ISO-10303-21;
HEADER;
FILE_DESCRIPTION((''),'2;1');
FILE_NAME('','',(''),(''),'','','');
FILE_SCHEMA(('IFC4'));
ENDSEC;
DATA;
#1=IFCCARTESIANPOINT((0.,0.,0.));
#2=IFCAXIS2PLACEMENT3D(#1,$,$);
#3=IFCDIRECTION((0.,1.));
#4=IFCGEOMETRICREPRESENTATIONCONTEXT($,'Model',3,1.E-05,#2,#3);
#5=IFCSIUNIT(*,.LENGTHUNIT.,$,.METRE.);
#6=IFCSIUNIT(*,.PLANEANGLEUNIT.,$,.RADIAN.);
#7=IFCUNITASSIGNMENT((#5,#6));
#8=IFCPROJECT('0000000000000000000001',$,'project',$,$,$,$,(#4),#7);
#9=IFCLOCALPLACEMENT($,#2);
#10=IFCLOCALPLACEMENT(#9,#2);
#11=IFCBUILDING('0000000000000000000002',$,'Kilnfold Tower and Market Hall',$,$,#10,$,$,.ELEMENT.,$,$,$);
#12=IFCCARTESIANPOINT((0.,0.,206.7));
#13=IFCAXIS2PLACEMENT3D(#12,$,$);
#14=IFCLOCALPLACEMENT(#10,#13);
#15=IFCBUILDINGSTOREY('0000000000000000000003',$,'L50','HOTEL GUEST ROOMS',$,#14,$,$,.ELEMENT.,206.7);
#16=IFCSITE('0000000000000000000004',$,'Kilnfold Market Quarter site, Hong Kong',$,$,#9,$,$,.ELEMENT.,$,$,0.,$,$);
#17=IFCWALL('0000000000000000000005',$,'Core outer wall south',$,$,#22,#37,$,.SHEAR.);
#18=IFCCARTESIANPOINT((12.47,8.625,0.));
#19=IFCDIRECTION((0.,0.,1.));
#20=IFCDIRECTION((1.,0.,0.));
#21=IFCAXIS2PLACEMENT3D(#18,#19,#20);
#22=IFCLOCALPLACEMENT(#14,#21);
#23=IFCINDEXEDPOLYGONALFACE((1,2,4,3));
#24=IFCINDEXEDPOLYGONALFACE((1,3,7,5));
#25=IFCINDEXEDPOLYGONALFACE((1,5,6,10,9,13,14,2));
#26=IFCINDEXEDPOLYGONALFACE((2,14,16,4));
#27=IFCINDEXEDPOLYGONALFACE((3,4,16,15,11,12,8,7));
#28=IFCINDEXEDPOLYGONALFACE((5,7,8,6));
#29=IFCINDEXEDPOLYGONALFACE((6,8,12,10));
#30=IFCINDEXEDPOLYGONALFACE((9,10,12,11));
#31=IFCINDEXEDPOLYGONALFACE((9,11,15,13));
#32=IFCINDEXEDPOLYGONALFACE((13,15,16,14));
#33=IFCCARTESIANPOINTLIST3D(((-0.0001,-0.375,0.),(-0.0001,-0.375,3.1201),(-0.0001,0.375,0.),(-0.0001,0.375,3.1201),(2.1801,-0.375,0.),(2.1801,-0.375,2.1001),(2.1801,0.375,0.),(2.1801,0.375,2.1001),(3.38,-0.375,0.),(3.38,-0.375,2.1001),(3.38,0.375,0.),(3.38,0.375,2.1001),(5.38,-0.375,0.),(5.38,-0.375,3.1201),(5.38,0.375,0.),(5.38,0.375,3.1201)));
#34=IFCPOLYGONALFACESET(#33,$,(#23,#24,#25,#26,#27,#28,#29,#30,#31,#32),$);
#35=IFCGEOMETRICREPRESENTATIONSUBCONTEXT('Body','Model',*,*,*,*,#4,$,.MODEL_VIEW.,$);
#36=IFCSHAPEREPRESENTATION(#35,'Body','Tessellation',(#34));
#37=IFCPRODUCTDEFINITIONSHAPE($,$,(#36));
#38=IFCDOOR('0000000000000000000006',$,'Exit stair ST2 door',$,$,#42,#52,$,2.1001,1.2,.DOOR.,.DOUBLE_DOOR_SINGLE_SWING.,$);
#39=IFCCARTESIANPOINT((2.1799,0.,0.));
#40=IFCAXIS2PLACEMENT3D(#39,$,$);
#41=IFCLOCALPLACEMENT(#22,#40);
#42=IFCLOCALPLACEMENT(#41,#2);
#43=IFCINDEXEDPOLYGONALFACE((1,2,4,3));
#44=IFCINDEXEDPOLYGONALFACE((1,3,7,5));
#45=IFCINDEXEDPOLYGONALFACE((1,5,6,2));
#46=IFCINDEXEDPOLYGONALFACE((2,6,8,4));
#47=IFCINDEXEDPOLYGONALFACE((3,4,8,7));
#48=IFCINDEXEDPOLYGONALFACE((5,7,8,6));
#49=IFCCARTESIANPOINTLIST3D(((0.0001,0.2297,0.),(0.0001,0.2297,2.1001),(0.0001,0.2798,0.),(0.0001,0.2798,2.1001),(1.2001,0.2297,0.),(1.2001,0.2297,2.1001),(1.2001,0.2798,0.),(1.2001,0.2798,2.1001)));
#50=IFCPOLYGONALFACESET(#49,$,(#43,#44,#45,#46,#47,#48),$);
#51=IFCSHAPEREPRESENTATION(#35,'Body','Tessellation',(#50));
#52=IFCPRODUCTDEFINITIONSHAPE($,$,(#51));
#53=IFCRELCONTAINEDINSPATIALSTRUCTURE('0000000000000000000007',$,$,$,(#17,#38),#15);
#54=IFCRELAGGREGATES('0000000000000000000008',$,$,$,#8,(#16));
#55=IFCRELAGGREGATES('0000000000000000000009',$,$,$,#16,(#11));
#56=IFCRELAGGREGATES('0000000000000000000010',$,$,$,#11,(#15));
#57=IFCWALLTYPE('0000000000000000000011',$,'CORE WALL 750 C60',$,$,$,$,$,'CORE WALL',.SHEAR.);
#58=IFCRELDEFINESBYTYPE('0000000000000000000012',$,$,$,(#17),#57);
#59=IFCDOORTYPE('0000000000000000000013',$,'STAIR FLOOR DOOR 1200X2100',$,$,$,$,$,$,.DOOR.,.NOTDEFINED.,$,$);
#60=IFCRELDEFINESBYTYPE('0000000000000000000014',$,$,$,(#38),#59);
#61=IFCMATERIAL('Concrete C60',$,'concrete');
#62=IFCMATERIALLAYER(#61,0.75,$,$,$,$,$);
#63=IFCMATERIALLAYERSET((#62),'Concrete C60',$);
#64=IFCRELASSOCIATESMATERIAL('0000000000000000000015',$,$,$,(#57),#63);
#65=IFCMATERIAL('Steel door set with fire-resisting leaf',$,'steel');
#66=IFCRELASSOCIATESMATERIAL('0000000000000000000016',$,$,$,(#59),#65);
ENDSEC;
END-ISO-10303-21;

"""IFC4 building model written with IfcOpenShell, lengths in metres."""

from ifc_helpers import new_model, si_unit, direction, frame, frame_2d, origin, place, context, subcontext, project, spatial, rectangle, extrude, source, transform, mapped, material, layer, layer_set, type_object, element, fill, save


model = new_model("IFC4")

# Units and contexts
model_context = context("Model", 3, precision=1e-05, world=origin(), true_north=direction((0.0, 1.0)))
body_context = subcontext(model_context, "Body", "Model", "MODEL_VIEW")
ifc_project = project(units=[si_unit("LENGTHUNIT", "METRE"), si_unit("PLANEANGLEUNIT", "RADIAN")], contexts=[model_context])

# Site, building, storey
site_placement = place(None, origin())
site = spatial("IfcSite", under=ifc_project, at=site_placement, Name="Kilnfold Market Quarter site, Hong Kong", CompositionType="ELEMENT", RefElevation=0.0)
building_placement = place(site_placement, origin())
building = spatial("IfcBuilding", under=site, at=building_placement, Name="Kilnfold Tower and Market Hall", CompositionType="ELEMENT")
storey_placement = place(building_placement, frame((0.0, 0.0, 206.7)))
storey = spatial("IfcBuildingStorey", under=building, at=storey_placement, Name="L50", Description="HOTEL GUEST ROOMS", CompositionType="ELEMENT", Elevation=206.7)

# Shared definitions
ifc_material_1 = material(Name="Concrete C60", Category="concrete")
ifc_layer_1 = layer(ifc_material_1, 0.75)
ifc_layer_set_1 = layer_set([ifc_layer_1], Name="Concrete C60")
wall_type_1 = type_object("IfcWallType", Name="CORE WALL 750 C60", ElementType="CORE WALL", PredefinedType="SHEAR", material=ifc_layer_set_1)

# Wall, opening, door
shared_shape_1 = source(origin(), body_context, "Body", "SweptSolid", [
    extrude(rectangle(XDim=5.3801, YDim=0.75, at=frame_2d((2.6899, 0.0))), origin(), (0.0, 0.0, 1.0), 3.1201),
])
wall_1_placement = place(storey_placement, frame((12.47, 8.625, 0.0), z_axis=(0.0, 0.0, 1.0), x_axis=(1.0, 0.0, 0.0)))
wall_1 = element("IfcWall", 1, at=wall_1_placement, inside=storey, type_object=wall_type_1, Name="Core outer wall south", PredefinedType="SHEAR", context=body_context, shape_type="MappedRepresentation", body=[
    mapped(shared_shape_1, transform((0.0, 0.0, 0.0))),
])
opening_1_placement = place(wall_1_placement, frame((2.1799, 0.0, 0.0)))
opening_1 = element("IfcOpeningElement", 2, at=opening_1_placement, cuts=wall_1, PredefinedType="OPENING", context=body_context, shape_type="SweptSolid", body=[
    extrude(rectangle(XDim=1.2, YDim=2.1001, at=frame_2d((0.6001, 1.05))), frame((0.0, 0.385, 0.0), z_axis=(0.0, -1.0, 0.0), x_axis=(1.0, 0.0, 0.0)), (0.0, 0.0, 1.0), 0.77),
])
ifc_material_2 = material(Name="Steel door set with fire-resisting leaf", Category="steel")
door_type_1 = type_object("IfcDoorType", Name="STAIR FLOOR DOOR 1200X2100", OperationType="NOTDEFINED", PredefinedType="DOOR", material=ifc_material_2)
door_1_placement = place(opening_1_placement, origin())
door_1 = element("IfcDoor", 3, at=door_1_placement, inside=storey, type_object=door_type_1, Name="Exit stair ST2 door", OperationType="DOUBLE_DOOR_SINGLE_SWING", OverallHeight=2.1001, OverallWidth=1.2, PredefinedType="DOOR", context=body_context, shape_type="SweptSolid", body=[
    extrude(rectangle(XDim=1.2, YDim=2.1001, at=frame_2d((0.6001, 1.05))), frame((0.0, 0.2798, 0.0), z_axis=(0.0, -1.0, 0.0), x_axis=(1.0, 0.0, 0.0)), (0.0, 0.0, 1.0), 0.05),
])
fill(opening_1, door_1)

save(model, "model.ifc")
